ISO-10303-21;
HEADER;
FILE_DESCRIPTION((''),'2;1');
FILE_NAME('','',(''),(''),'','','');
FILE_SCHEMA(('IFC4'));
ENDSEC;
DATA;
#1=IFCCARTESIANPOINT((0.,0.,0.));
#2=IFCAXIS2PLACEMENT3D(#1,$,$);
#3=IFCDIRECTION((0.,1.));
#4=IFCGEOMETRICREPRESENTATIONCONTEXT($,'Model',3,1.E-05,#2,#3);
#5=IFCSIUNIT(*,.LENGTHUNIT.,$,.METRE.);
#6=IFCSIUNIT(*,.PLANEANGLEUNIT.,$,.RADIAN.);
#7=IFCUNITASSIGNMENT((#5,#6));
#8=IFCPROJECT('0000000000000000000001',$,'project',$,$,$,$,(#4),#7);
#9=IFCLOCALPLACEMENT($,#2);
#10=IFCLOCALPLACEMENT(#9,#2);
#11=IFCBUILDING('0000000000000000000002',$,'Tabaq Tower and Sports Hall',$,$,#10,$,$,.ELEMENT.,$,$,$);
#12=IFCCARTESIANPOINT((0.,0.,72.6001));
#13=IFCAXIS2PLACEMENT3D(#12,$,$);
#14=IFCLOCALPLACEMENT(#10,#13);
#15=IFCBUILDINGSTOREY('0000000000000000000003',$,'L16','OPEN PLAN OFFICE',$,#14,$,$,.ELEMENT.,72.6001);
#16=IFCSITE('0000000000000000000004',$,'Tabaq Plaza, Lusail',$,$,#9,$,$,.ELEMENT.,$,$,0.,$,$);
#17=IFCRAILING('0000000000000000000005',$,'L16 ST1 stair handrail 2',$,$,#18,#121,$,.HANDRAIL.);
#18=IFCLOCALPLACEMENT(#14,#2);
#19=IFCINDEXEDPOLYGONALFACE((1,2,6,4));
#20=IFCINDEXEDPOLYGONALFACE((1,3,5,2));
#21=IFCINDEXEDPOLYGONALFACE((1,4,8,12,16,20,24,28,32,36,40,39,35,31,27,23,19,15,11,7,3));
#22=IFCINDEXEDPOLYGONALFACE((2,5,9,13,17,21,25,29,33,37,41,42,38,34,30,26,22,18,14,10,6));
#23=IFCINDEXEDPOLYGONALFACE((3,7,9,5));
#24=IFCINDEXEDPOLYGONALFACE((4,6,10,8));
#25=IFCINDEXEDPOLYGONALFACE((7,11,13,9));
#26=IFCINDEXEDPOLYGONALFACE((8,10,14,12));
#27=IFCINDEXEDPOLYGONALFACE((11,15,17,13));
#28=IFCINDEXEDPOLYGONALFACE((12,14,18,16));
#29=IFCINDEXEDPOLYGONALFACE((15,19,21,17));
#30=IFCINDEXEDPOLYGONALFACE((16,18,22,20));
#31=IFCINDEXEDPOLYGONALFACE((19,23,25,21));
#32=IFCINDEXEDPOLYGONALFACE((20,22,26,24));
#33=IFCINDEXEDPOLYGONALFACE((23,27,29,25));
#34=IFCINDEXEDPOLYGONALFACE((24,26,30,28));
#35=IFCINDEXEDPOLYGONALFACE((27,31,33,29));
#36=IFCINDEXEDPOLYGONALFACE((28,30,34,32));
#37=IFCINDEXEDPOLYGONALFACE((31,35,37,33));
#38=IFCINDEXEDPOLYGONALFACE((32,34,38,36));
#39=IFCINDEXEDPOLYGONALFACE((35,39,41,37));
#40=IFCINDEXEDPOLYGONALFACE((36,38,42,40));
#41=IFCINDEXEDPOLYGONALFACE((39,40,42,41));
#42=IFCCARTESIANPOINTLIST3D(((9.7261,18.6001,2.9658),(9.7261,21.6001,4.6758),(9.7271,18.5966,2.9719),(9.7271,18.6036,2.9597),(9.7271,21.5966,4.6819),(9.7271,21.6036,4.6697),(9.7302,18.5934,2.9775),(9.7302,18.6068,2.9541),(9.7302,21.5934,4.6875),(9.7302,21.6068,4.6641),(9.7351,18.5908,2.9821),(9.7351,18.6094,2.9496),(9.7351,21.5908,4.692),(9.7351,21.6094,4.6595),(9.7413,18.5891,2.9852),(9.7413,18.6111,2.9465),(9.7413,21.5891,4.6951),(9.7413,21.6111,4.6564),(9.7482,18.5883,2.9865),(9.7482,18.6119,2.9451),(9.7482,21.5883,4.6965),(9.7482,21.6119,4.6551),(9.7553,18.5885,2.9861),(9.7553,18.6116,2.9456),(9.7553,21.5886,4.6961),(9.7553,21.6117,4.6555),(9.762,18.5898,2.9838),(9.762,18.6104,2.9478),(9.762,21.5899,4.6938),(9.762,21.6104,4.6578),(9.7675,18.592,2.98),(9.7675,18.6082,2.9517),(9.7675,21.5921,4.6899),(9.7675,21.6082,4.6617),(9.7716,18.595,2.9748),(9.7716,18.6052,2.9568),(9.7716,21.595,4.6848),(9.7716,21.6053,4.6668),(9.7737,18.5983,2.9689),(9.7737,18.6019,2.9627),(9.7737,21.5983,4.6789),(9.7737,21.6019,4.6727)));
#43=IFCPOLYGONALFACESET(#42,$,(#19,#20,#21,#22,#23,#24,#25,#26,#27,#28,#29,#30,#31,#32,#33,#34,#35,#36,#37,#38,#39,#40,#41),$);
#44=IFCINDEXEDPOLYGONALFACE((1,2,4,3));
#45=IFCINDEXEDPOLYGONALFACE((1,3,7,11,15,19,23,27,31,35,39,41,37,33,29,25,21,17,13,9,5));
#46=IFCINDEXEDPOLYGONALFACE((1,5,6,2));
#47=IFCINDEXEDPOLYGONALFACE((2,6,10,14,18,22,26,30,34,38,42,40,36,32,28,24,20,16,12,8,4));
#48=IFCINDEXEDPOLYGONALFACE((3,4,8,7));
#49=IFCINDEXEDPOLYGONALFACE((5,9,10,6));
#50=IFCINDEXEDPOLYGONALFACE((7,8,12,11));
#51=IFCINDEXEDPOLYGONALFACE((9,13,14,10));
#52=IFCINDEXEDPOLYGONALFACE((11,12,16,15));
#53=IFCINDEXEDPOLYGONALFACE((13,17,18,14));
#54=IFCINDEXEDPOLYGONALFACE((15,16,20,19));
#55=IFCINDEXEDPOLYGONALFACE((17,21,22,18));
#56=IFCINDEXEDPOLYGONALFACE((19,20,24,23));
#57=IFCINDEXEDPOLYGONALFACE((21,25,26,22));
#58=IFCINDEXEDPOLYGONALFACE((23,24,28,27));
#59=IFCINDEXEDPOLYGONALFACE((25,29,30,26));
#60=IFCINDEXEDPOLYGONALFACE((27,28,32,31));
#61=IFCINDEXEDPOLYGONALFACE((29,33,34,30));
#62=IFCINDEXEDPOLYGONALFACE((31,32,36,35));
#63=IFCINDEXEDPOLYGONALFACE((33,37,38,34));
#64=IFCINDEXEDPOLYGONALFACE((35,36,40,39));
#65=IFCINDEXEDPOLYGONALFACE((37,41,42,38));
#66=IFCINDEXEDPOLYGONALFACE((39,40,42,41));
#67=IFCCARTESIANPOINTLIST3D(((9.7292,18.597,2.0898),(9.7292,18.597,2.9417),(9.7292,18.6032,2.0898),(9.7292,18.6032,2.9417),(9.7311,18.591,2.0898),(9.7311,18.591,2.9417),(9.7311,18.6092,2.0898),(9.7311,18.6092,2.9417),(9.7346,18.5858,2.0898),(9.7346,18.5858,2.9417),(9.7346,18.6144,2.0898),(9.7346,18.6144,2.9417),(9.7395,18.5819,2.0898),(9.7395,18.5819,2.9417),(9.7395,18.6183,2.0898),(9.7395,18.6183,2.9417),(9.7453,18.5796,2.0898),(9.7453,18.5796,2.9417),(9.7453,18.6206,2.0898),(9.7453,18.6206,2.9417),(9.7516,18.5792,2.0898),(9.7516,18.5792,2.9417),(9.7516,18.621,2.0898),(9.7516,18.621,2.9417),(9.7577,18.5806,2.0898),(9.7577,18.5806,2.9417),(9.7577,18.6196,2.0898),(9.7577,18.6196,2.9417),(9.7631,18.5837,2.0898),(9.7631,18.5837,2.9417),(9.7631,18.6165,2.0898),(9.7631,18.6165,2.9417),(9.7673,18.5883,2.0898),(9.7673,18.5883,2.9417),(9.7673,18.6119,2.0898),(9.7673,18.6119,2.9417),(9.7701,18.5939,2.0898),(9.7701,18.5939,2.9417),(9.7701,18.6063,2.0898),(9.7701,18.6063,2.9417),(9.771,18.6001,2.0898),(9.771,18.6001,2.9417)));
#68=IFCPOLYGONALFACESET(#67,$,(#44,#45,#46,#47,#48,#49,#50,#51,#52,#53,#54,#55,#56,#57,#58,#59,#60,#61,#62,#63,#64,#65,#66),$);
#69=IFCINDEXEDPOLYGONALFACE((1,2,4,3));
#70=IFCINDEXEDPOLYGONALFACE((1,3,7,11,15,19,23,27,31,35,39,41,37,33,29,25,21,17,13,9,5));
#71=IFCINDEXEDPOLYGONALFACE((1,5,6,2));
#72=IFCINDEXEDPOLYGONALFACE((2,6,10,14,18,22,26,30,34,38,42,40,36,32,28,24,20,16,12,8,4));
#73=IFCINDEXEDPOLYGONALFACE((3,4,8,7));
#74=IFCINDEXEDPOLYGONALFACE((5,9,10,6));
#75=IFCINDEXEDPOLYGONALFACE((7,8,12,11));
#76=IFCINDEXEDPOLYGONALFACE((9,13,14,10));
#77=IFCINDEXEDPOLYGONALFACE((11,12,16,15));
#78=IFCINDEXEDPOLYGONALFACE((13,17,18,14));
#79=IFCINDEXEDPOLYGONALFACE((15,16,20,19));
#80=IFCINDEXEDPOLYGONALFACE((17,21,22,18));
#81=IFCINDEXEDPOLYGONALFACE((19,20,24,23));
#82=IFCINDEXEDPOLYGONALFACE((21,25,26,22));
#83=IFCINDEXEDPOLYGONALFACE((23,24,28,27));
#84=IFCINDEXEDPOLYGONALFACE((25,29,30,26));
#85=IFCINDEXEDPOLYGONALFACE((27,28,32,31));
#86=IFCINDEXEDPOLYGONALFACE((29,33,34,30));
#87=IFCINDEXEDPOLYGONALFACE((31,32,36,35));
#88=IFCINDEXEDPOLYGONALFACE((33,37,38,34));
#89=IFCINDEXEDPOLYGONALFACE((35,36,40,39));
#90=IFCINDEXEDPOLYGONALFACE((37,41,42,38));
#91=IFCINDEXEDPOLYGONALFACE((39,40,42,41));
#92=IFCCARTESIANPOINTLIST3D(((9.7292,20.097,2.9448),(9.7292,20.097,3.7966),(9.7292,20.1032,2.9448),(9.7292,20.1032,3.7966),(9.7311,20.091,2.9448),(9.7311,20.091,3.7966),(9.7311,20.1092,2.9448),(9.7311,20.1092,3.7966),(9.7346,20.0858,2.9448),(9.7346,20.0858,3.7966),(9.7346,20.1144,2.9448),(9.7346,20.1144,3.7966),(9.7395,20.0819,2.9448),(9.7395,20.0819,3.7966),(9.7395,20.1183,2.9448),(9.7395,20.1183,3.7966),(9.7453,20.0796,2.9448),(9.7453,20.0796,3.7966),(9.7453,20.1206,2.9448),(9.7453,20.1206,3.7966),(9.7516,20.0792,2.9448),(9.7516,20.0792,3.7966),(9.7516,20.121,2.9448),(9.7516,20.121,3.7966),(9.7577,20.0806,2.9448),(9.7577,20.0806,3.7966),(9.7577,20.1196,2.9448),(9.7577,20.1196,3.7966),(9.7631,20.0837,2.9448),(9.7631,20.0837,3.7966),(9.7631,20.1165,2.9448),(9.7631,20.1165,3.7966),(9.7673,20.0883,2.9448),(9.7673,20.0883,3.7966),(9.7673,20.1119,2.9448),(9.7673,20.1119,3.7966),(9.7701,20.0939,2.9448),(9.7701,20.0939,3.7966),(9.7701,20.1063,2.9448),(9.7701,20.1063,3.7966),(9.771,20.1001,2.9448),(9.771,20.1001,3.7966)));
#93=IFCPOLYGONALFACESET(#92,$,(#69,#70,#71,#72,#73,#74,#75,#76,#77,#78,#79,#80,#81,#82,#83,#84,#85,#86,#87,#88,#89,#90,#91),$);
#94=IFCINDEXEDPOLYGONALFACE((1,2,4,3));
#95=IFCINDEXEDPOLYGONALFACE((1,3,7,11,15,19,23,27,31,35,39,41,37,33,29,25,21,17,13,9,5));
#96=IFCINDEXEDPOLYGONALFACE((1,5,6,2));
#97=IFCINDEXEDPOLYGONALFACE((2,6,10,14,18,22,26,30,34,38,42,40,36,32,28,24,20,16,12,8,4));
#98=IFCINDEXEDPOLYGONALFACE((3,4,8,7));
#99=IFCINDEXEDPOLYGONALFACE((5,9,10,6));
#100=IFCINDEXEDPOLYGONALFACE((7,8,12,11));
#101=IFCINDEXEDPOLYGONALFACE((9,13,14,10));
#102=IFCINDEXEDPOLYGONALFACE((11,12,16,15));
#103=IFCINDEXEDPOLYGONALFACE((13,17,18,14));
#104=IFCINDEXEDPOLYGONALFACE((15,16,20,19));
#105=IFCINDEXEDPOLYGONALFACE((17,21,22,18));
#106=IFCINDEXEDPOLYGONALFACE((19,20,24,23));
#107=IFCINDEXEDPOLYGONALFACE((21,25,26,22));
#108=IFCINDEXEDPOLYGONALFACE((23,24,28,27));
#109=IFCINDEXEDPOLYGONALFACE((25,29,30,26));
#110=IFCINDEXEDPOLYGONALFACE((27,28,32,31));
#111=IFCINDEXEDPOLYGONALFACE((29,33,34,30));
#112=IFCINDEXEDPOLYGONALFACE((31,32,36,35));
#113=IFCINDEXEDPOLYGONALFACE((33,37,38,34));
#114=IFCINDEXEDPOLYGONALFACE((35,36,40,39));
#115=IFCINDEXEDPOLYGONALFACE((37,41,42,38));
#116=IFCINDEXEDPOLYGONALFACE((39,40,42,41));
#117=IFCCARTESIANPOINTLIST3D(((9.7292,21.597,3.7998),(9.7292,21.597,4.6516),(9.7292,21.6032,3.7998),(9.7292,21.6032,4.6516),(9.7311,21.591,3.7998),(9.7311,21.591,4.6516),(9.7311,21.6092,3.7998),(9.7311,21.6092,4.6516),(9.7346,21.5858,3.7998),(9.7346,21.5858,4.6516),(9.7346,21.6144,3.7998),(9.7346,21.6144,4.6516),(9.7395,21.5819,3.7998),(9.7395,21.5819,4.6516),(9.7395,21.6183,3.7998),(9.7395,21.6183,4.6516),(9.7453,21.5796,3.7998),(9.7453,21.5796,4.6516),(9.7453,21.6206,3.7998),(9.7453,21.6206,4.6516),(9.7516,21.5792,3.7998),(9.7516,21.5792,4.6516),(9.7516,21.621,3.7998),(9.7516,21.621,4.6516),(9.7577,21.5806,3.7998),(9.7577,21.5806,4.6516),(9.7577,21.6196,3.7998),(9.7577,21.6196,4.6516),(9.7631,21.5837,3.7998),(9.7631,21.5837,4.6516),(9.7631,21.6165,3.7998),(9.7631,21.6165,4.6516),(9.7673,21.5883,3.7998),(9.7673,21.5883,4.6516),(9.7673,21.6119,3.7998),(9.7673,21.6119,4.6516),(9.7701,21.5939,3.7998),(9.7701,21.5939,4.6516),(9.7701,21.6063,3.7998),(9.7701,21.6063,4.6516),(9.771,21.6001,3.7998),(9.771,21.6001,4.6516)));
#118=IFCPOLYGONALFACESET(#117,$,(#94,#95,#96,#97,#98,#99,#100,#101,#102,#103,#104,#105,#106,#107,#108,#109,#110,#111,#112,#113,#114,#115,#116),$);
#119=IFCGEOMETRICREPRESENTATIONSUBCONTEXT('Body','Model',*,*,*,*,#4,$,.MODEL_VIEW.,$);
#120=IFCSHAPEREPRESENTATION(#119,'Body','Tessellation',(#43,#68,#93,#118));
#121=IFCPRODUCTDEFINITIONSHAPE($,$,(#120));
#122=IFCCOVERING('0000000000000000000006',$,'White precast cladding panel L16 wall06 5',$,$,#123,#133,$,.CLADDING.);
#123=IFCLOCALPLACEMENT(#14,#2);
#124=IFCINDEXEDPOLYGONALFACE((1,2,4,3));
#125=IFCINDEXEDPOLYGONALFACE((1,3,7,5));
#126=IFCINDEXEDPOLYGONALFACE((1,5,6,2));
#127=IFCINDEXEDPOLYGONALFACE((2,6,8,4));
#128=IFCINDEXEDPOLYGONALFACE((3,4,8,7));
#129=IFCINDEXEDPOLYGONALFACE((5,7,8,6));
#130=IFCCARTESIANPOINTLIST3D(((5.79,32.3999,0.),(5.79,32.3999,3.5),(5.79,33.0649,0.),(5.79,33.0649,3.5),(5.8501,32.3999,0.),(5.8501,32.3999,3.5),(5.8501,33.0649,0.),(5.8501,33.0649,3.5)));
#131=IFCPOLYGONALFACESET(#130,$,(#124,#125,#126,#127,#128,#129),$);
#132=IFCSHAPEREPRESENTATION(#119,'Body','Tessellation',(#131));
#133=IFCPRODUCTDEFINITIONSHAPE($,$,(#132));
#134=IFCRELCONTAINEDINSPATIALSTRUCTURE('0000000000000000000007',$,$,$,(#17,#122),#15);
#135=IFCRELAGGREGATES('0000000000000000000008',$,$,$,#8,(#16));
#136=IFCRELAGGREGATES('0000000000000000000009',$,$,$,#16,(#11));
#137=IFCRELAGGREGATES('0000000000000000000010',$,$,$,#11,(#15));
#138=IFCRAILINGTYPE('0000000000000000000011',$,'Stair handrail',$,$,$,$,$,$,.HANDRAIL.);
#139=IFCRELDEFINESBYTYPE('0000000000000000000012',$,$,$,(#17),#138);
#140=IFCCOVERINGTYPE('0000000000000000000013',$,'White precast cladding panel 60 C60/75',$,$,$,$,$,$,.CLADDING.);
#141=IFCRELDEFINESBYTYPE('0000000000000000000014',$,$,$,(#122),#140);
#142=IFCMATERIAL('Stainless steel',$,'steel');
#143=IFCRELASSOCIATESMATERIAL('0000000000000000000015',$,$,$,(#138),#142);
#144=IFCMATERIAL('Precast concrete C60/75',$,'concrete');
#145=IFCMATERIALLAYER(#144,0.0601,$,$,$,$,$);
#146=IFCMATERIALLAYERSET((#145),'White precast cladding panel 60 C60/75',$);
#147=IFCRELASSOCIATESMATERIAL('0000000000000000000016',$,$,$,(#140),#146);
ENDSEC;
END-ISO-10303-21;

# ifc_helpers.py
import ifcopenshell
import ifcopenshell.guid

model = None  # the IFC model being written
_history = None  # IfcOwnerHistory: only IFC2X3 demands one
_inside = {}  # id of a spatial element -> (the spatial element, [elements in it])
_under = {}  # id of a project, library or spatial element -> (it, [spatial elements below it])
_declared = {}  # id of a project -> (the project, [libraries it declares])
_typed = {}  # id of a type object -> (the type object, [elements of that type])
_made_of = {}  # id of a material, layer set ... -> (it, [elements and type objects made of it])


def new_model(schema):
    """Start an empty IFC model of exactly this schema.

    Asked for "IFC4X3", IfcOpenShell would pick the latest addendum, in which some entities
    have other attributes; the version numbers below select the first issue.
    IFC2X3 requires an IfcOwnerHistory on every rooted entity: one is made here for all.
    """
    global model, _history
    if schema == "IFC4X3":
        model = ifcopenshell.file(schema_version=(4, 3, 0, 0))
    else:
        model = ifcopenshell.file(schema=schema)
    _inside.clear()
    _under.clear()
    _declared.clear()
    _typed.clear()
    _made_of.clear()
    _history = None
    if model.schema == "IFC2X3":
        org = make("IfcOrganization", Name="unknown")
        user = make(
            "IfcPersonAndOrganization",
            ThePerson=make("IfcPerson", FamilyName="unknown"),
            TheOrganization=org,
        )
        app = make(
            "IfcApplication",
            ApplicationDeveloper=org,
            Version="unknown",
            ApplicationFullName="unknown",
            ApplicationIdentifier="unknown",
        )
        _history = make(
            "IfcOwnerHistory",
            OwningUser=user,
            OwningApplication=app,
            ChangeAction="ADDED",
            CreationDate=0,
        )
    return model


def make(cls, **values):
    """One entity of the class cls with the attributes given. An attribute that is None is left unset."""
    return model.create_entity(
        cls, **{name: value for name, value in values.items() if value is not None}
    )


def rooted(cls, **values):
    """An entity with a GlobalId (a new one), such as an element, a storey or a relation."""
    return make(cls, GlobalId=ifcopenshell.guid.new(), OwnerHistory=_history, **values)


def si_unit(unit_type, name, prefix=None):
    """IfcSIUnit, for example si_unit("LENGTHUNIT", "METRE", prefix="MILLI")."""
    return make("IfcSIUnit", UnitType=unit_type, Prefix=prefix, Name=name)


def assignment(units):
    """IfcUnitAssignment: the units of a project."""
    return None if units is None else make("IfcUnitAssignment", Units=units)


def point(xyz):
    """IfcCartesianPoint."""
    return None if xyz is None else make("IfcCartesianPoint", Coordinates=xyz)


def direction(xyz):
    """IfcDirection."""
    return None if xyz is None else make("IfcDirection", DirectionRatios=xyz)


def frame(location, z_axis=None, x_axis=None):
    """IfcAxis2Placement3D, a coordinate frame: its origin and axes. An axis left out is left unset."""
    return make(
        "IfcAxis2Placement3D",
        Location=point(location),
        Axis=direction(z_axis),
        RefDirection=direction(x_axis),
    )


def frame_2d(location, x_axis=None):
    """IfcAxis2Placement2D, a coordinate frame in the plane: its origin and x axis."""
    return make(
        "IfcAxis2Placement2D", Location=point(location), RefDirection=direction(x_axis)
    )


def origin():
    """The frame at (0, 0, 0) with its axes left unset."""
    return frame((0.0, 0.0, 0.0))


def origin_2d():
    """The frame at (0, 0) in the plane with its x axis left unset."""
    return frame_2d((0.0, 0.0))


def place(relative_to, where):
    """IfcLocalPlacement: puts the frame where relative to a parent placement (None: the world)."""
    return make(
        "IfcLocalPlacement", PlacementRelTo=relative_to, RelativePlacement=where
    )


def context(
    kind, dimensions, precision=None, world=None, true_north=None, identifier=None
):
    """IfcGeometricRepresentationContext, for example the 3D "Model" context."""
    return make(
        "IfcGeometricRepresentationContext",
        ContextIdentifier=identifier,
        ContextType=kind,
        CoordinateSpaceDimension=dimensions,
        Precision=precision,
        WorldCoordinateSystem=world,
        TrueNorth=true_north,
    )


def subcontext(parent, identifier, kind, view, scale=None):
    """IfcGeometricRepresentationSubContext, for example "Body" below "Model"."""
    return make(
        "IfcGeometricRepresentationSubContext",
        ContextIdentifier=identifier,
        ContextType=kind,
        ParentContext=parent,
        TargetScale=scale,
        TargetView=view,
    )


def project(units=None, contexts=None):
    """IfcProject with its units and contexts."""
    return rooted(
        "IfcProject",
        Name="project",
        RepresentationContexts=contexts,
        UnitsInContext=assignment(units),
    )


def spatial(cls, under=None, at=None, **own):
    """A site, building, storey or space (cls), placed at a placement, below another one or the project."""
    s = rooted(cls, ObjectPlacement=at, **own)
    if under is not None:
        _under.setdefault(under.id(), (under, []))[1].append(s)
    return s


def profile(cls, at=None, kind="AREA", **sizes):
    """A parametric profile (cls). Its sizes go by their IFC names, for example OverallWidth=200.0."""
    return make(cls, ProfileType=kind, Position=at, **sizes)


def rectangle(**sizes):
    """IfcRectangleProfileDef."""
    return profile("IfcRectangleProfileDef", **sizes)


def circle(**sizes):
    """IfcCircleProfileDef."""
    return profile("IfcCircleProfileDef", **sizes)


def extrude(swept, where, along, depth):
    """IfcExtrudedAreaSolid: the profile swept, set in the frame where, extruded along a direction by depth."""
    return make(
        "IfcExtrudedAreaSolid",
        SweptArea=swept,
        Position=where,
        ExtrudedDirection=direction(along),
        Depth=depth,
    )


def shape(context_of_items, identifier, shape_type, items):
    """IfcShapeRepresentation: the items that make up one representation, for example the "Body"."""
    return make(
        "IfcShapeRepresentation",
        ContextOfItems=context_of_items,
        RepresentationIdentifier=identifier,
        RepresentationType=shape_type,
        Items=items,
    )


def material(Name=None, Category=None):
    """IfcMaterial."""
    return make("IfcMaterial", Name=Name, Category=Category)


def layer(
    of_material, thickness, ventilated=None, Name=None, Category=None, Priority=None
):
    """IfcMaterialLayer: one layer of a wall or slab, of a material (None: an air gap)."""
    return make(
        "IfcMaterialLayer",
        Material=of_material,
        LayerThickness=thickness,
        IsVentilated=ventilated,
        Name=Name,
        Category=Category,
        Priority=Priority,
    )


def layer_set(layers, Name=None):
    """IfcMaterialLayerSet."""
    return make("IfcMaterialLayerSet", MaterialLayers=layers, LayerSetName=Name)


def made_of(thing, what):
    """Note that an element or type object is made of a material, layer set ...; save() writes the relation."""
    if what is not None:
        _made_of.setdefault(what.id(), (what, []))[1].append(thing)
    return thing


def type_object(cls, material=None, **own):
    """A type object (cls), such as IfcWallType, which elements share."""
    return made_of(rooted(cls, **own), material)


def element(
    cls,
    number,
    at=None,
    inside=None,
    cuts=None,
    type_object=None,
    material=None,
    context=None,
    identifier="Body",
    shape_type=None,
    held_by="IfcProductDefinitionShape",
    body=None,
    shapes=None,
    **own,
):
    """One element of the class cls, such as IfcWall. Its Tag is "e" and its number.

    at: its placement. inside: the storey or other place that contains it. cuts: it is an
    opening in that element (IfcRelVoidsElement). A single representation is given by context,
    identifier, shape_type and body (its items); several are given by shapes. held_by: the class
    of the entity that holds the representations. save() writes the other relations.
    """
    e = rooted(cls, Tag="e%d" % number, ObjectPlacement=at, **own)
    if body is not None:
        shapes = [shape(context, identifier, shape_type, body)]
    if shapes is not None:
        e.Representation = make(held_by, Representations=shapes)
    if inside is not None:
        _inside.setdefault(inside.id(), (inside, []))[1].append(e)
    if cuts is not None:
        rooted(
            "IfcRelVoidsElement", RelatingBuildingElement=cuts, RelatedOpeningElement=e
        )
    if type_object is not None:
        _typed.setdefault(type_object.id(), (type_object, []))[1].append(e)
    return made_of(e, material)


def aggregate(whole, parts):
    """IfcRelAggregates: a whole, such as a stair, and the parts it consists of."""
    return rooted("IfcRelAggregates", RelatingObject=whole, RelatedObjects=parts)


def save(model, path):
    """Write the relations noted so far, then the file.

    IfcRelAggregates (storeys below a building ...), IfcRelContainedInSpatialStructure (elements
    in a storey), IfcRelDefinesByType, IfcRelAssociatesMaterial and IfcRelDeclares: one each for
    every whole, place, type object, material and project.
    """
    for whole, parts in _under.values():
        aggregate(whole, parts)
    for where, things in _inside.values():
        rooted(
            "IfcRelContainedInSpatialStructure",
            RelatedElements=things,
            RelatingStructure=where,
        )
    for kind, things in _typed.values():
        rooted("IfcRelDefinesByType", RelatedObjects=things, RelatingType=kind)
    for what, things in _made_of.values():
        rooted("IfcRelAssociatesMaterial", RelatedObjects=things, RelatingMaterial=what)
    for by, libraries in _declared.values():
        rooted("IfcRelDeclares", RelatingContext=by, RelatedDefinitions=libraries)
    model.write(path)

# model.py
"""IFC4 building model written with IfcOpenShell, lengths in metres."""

from ifc_helpers import new_model, si_unit, direction, frame, frame_2d, origin, origin_2d, place, context, subcontext, project, spatial, rectangle, circle, extrude, material, layer, layer_set, type_object, element, save


model = new_model("IFC4")

# Units and contexts
model_context = context("Model", 3, precision=1e-05, world=origin(), true_north=direction((0.0, 1.0)))
body_context = subcontext(model_context, "Body", "Model", "MODEL_VIEW")
ifc_project = project(units=[si_unit("LENGTHUNIT", "METRE"), si_unit("PLANEANGLEUNIT", "RADIAN")], contexts=[model_context])

# Site, building, storey
site_placement = place(None, origin())
site = spatial("IfcSite", under=ifc_project, at=site_placement, Name="Tabaq Plaza, Lusail", CompositionType="ELEMENT", RefElevation=0.0)
building_placement = place(site_placement, origin())
building = spatial("IfcBuilding", under=site, at=building_placement, Name="Tabaq Tower and Sports Hall", CompositionType="ELEMENT")
storey_placement = place(building_placement, frame((0.0, 0.0, 72.6001)))
storey = spatial("IfcBuildingStorey", under=building, at=storey_placement, Name="L16", Description="OPEN PLAN OFFICE", CompositionType="ELEMENT", Elevation=72.6001)

# Railing
ifc_material_1 = material(Name="Stainless steel", Category="steel")
railing_type_1 = type_object("IfcRailingType", Name="Stair handrail", PredefinedType="HANDRAIL", material=ifc_material_1)
railing_1_placement = place(storey_placement, frame((9.75, 18.6001, 2.0898)))
element("IfcRailing", 1, at=railing_1_placement, inside=storey, type_object=railing_type_1, Name="L16 ST1 stair handrail 2", PredefinedType="HANDRAIL", context=body_context, shape_type="SweptSolid", body=[
    extrude(circle(Radius=0.0239, at=origin_2d()), frame((0.0, 0.0, 0.876), z_axis=(0.0, 0.868782, 0.495195), x_axis=(-1.0, 0.0, 0.0)), (0.0, 0.0, 1.0), 3.4531),
    extrude(circle(Radius=0.021, at=origin_2d()), origin(), (0.0, 0.0, 1.0), 0.8518),
    extrude(circle(Radius=0.021, at=origin_2d()), frame((0.0, 1.5, 0.855)), (0.0, 0.0, 1.0), 0.8518),
    extrude(circle(Radius=0.021, at=origin_2d()), frame((0.0, 3.0, 1.71)), (0.0, 0.0, 1.0), 0.8518),
])

# Covering
ifc_material_2 = material(Name="Precast concrete C60/75", Category="concrete")
ifc_layer_1 = layer(ifc_material_2, 0.0601)
ifc_layer_set_1 = layer_set([ifc_layer_1], Name="White precast cladding panel 60 C60/75")
covering_type = type_object("IfcCoveringType", Name="White precast cladding panel 60 C60/75", PredefinedType="CLADDING", material=ifc_layer_set_1)
covering_placement = place(storey_placement, frame((5.8201, 33.0649, 0.0), z_axis=(0.0, 0.0, 1.0), x_axis=(0.0, -1.0, 0.0)))
element("IfcCovering", 2, at=covering_placement, inside=storey, type_object=covering_type, Name="White precast cladding panel L16 wall06 5", PredefinedType="CLADDING", context=body_context, shape_type="SweptSolid", body=[
    extrude(rectangle(XDim=0.665, YDim=0.0601, at=frame_2d((0.3325, 0.0))), origin(), (0.0, 0.0, 1.0), 3.5),
])

save(model, "model.ifc")
